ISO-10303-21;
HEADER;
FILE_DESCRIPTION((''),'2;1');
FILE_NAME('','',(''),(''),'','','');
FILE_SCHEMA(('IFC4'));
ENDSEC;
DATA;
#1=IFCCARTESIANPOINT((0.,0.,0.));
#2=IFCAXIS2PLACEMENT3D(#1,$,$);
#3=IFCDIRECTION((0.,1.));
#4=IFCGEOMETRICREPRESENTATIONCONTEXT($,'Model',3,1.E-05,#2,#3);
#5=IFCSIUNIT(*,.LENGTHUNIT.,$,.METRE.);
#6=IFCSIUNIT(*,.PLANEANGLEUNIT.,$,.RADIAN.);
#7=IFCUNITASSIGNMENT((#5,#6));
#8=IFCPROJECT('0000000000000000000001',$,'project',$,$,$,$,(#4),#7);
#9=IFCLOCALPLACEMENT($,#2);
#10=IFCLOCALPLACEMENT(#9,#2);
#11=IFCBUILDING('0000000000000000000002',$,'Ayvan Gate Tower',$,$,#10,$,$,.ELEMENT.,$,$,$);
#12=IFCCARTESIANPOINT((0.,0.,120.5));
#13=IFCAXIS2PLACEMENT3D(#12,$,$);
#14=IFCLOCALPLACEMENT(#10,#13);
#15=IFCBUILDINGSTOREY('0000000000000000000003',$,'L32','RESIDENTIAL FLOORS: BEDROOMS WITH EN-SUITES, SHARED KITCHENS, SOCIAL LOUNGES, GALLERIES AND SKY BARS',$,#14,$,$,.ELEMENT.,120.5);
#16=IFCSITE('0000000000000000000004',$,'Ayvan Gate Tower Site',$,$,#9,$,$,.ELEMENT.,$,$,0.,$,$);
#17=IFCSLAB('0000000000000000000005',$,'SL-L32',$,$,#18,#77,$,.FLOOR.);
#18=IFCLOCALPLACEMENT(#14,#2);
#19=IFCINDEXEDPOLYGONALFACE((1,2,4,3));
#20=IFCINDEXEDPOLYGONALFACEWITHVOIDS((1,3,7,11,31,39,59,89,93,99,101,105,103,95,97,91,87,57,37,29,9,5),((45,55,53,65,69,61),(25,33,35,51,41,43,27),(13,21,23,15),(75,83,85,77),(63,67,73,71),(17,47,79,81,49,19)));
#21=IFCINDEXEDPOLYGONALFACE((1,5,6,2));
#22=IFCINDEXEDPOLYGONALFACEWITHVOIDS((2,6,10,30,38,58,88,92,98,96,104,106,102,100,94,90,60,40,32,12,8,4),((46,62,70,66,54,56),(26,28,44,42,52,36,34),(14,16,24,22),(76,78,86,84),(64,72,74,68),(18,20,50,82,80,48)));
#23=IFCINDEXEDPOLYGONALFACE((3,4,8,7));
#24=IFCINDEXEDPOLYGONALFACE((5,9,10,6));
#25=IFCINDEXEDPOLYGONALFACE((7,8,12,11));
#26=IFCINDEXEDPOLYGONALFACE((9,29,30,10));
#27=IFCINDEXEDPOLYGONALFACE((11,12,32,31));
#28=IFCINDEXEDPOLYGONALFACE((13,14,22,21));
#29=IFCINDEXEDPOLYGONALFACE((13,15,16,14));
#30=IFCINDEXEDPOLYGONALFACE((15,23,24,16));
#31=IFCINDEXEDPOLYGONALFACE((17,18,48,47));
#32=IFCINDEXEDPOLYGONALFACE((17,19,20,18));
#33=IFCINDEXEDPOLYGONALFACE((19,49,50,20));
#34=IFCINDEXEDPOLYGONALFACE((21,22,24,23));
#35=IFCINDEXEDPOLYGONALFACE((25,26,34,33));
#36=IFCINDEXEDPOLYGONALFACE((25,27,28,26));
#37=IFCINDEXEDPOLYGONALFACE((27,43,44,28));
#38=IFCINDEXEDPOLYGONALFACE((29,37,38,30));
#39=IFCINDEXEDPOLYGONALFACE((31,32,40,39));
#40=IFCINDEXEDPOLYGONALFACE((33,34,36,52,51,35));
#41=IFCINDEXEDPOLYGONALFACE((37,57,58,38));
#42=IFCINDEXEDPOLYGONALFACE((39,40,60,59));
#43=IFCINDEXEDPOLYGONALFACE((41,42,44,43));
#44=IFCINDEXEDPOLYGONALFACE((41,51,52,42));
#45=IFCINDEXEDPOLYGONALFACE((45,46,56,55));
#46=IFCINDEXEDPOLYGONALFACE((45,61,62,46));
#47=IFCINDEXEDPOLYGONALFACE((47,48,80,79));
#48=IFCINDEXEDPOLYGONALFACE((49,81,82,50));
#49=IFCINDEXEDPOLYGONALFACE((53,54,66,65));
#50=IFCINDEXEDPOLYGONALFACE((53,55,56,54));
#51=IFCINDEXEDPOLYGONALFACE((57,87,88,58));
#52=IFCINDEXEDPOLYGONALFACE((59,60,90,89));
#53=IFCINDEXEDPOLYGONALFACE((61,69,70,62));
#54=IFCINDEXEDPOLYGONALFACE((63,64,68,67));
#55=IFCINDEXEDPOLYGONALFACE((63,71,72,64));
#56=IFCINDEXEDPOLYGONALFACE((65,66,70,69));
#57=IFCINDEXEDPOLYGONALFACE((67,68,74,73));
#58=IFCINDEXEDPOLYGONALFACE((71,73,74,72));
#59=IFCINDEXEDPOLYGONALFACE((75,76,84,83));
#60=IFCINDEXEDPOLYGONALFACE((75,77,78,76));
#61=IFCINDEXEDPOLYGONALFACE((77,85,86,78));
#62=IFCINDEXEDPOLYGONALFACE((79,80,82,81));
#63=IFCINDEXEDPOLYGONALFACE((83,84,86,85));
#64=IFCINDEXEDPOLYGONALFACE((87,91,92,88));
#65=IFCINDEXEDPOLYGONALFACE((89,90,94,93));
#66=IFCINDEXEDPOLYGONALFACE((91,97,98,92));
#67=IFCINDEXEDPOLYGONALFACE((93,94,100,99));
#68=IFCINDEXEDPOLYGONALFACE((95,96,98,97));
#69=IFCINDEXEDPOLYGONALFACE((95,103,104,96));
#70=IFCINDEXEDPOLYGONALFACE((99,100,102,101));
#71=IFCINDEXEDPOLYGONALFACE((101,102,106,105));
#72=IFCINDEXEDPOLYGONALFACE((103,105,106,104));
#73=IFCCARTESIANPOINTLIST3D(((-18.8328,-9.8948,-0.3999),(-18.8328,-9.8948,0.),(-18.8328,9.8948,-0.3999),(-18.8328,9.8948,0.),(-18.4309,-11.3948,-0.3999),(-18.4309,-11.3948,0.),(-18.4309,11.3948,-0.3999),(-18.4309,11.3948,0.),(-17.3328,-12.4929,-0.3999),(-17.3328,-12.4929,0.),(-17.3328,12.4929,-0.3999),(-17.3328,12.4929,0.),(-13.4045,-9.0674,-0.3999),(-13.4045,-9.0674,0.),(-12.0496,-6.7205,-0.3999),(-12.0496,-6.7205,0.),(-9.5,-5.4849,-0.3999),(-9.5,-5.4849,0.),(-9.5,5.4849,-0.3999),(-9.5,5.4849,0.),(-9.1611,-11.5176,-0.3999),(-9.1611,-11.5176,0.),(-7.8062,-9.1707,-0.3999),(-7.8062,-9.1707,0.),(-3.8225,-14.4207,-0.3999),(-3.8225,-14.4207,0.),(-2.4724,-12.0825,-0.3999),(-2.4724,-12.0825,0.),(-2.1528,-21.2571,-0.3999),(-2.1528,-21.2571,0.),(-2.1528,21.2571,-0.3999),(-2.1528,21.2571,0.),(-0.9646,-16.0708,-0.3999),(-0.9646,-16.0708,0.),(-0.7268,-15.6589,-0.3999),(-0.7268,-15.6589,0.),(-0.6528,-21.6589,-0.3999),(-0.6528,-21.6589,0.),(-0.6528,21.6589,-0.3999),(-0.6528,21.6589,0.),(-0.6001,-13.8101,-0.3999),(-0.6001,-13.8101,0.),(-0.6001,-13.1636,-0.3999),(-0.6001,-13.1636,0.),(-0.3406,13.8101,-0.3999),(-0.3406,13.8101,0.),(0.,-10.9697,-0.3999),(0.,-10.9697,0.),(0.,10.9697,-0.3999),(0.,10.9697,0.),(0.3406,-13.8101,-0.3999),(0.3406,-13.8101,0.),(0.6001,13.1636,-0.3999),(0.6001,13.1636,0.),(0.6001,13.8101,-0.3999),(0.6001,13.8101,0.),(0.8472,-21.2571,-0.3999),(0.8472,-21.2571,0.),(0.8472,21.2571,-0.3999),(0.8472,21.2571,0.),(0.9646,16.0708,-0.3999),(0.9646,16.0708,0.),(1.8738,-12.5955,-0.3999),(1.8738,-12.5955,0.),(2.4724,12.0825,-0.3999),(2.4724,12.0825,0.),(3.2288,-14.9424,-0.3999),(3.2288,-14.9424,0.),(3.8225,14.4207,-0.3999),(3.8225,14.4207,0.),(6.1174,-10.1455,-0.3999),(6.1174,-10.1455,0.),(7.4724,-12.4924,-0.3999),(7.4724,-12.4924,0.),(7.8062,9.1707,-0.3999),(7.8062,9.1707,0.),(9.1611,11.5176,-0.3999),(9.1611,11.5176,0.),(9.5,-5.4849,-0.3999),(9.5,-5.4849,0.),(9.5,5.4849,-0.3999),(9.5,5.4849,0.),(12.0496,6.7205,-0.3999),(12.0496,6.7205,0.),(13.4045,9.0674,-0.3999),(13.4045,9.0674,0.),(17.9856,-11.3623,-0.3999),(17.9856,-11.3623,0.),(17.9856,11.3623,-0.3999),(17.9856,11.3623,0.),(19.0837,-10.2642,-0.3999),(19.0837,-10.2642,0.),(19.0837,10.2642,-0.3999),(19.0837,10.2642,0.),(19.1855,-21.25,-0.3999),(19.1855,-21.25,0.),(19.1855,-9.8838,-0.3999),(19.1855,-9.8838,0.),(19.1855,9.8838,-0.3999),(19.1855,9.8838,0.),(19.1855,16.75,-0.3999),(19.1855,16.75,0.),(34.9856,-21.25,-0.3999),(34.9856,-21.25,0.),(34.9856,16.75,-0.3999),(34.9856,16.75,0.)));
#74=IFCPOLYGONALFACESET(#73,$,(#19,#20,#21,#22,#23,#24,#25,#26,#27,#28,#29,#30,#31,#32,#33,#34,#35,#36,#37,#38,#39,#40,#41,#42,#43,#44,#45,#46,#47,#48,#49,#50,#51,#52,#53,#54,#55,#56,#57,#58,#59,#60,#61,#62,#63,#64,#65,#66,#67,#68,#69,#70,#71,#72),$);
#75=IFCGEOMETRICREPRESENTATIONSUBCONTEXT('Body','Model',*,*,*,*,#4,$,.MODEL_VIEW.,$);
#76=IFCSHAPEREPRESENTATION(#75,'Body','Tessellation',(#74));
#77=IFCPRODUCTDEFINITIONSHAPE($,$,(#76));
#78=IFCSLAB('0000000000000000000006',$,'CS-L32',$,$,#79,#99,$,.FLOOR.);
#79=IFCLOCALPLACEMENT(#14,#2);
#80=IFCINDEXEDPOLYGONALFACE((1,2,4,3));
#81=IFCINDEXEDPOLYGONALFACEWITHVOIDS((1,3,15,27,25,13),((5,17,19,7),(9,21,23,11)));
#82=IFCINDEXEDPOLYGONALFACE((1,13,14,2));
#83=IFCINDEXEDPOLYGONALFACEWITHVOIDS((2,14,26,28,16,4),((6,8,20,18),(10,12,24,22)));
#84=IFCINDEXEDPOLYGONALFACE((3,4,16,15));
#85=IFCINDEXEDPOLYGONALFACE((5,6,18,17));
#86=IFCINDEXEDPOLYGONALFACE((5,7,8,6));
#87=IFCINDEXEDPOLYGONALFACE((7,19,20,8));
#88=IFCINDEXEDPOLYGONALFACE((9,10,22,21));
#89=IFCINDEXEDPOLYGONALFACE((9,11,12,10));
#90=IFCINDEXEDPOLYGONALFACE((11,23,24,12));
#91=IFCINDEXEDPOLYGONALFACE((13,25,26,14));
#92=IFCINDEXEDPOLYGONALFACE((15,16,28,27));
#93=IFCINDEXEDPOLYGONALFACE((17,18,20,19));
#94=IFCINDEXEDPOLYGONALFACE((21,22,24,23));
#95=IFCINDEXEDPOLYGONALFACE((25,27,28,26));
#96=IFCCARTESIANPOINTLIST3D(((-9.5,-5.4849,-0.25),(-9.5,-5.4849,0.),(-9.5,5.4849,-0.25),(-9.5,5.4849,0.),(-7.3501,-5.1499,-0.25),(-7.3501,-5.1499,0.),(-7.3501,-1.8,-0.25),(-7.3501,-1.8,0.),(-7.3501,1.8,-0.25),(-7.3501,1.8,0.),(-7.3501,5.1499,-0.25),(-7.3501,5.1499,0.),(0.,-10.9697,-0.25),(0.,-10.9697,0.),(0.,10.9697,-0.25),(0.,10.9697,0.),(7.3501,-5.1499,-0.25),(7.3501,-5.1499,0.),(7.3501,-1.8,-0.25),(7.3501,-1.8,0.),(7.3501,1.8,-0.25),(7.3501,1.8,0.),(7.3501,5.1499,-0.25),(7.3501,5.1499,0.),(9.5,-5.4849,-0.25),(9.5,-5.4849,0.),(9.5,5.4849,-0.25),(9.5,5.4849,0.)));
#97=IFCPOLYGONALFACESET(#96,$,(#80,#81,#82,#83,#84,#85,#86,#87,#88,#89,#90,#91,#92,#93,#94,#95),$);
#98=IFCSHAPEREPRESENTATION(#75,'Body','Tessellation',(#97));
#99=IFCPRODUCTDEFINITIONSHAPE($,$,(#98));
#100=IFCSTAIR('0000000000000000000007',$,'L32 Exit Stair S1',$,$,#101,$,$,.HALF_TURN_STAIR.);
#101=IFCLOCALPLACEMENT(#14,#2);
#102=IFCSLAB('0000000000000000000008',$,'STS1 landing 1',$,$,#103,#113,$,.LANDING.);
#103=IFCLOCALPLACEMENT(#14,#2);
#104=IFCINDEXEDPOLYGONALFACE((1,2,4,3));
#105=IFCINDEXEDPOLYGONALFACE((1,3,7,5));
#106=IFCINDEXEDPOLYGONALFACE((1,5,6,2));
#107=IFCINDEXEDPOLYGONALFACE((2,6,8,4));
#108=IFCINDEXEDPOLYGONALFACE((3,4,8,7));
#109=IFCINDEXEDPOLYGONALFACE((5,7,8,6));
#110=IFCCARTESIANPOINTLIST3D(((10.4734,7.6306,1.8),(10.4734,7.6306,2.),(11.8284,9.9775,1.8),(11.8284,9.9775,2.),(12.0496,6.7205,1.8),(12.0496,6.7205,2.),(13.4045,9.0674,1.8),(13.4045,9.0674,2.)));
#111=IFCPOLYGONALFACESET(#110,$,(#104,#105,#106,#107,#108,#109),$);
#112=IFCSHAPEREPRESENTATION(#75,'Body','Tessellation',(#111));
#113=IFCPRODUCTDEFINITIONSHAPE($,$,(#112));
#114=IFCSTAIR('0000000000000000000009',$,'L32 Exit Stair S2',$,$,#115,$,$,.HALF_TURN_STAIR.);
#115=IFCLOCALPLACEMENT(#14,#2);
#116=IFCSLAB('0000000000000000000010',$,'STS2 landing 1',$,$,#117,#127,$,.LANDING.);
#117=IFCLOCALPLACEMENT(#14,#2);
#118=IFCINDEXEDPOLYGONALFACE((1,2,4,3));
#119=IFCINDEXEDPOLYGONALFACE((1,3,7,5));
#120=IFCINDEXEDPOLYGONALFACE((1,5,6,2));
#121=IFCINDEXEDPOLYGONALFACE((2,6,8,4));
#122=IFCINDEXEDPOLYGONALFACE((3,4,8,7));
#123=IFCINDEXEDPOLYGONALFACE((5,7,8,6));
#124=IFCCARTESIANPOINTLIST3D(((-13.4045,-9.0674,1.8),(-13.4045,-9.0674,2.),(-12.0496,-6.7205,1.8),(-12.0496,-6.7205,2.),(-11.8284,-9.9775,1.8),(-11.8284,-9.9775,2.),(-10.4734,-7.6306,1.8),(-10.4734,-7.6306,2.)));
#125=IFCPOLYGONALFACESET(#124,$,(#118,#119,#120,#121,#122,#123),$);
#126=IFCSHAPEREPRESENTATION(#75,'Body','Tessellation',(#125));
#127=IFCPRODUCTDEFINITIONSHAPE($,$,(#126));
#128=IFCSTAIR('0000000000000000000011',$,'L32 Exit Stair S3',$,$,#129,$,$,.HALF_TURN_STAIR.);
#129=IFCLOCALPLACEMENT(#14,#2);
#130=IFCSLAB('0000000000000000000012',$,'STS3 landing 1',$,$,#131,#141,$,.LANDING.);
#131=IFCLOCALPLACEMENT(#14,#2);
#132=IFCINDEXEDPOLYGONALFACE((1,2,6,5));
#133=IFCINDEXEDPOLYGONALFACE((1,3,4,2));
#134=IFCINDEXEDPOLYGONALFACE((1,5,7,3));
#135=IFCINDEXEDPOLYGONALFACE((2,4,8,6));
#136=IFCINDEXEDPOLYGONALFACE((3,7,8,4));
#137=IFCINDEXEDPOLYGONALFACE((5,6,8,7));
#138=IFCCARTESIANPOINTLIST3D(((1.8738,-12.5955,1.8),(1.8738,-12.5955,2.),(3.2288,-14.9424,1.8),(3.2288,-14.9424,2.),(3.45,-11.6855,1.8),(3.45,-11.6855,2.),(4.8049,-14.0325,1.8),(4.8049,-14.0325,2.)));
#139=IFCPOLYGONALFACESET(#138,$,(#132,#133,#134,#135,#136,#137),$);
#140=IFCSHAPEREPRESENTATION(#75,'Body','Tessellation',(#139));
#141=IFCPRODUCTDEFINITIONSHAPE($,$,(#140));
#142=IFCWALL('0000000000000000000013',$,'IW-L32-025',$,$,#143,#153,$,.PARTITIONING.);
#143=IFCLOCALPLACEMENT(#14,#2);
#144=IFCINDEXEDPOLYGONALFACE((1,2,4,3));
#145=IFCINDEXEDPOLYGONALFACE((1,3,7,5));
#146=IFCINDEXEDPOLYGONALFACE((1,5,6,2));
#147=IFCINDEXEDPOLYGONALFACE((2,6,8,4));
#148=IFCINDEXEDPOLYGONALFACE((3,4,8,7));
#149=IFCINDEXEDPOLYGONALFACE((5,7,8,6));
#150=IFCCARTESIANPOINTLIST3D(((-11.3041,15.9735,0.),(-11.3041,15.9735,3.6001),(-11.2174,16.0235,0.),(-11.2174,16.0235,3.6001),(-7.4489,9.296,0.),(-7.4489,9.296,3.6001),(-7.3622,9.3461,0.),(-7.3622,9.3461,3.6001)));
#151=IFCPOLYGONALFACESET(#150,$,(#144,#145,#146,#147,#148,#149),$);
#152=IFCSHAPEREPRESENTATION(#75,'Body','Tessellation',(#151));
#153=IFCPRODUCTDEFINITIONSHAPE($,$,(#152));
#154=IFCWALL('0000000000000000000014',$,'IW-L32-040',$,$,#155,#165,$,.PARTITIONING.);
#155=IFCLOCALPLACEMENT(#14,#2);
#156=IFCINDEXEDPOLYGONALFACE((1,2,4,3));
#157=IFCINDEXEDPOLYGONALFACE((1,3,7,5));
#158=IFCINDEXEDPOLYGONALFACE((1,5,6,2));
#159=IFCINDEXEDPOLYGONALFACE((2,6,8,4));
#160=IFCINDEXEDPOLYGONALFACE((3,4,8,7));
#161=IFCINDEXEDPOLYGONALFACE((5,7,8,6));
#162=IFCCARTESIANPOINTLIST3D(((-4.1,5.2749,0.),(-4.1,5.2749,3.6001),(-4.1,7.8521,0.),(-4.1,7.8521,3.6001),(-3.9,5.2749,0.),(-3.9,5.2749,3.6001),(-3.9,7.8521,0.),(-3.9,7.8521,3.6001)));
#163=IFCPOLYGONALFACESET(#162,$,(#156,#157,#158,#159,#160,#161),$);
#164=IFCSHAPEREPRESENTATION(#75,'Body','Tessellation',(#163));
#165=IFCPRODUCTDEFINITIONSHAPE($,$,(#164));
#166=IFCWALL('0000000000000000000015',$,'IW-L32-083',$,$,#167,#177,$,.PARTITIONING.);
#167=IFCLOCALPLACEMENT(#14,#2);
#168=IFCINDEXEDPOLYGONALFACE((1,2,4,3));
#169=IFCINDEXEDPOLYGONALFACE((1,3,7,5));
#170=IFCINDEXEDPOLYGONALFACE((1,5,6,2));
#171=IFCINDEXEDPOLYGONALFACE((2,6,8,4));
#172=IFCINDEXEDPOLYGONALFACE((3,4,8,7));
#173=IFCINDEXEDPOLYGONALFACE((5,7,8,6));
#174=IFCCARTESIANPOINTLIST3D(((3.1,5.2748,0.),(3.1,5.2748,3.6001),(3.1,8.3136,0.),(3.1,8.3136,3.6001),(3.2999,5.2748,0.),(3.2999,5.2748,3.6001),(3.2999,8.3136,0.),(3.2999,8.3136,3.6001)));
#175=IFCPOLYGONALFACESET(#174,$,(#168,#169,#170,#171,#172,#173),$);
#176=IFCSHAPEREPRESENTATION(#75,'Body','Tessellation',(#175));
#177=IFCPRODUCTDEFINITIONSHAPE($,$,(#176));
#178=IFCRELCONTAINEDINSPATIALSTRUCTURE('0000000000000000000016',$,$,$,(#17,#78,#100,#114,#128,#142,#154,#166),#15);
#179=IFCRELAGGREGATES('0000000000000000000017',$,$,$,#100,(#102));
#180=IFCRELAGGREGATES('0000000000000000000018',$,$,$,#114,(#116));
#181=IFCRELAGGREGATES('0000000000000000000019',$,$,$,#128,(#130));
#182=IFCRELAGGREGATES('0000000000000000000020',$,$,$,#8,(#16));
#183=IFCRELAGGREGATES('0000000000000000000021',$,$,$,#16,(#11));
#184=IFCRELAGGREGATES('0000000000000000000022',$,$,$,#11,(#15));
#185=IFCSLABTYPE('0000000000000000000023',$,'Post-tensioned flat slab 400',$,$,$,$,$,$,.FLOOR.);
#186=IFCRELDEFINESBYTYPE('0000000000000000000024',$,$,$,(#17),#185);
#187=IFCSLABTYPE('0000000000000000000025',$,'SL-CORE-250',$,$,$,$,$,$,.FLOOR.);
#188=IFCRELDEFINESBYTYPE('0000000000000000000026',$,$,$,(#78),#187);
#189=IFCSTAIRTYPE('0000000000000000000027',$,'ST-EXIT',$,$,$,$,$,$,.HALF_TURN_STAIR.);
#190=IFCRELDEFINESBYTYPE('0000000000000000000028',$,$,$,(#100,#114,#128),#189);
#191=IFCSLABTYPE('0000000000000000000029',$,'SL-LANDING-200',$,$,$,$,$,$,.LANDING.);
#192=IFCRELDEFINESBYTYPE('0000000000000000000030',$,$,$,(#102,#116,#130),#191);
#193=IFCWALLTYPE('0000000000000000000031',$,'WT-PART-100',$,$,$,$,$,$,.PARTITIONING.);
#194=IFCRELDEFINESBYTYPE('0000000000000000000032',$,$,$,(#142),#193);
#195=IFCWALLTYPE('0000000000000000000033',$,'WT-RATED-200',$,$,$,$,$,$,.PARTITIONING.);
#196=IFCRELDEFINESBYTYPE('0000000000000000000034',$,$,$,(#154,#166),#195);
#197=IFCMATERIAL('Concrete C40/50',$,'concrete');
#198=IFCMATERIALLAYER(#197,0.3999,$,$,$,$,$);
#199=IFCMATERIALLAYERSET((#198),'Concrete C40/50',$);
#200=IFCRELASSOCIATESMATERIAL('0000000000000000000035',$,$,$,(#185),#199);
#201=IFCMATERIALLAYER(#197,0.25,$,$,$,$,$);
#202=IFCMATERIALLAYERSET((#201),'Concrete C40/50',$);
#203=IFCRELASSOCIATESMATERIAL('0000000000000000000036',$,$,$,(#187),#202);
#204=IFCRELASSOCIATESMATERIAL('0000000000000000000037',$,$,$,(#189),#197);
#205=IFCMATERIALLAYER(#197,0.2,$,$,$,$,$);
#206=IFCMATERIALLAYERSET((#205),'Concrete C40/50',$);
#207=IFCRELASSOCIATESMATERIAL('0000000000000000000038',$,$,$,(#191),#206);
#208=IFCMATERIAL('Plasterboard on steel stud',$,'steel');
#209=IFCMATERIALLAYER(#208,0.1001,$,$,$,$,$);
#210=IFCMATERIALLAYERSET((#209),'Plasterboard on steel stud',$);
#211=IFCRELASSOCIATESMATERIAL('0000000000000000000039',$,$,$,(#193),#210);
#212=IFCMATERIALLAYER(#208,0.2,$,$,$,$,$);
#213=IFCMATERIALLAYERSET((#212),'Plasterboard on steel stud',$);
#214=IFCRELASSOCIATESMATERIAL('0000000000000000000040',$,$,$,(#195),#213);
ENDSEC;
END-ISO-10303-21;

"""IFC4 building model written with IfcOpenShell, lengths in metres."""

from ifc_helpers import new_model, si_unit, direction, frame, frame_2d, origin, place, context, subcontext, project, spatial, polyline, rectangle, outline, extrude, material, layer, layer_set, type_object, element, aggregate, save


model = new_model("IFC4")

# Units and contexts
model_context = context("Model", 3, precision=1e-05, world=origin(), true_north=direction((0.0, 1.0)))
body_context = subcontext(model_context, "Body", "Model", "MODEL_VIEW")
ifc_project = project(units=[si_unit("LENGTHUNIT", "METRE"), si_unit("PLANEANGLEUNIT", "RADIAN")], contexts=[model_context])

# Site, building, storey
site_placement = place(None, origin())
site = spatial("IfcSite", under=ifc_project, at=site_placement, Name="Ayvan Gate Tower Site", CompositionType="ELEMENT", RefElevation=0.0)
building_placement = place(site_placement, origin())
building = spatial("IfcBuilding", under=site, at=building_placement, Name="Ayvan Gate Tower", CompositionType="ELEMENT")
storey_placement = place(building_placement, frame((0.0, 0.0, 120.5)))
storey = spatial("IfcBuildingStorey", under=building, at=storey_placement, Name="L32", Description="RESIDENTIAL FLOORS: BEDROOMS WITH EN-SUITES, SHARED KITCHENS, SOCIAL LOUNGES, GALLERIES AND SKY BARS", CompositionType="ELEMENT", Elevation=120.5)

# Slabs
ifc_material_1 = material(Name="Concrete C40/50", Category="concrete")
ifc_layer_1 = layer(ifc_material_1, 0.3999)
ifc_layer_set_1 = layer_set([ifc_layer_1], Name="Concrete C40/50")
slab_type_1 = type_object("IfcSlabType", Name="Post-tensioned flat slab 400", PredefinedType="FLOOR", material=ifc_layer_set_1)
slab_1_placement = place(storey_placement, frame((0.0, 0.0, -0.3999)))
element("IfcSlab", 1, at=slab_1_placement, inside=storey, type_object=slab_type_1, Name="SL-L32", PredefinedType="FLOOR", context=body_context, shape_type="SweptSolid", body=[
    extrude(outline(polyline([(17.9856, -11.3623), (0.8472, -21.2571), (-0.6528, -21.6589), (-2.1528, -21.2571), (-17.3328, -12.4929), (-18.4309, -11.3948), (-18.8328, -9.8948), (-18.8328, 9.8948), (-18.4309, 11.3948), (-17.3328, 12.4929), (-2.1528, 21.2571), (-0.6528, 21.6589), (0.8472, 21.2571), (17.9856, 11.3623), (19.0837, 10.2642), (19.1855, 9.8838), (19.1855, 16.75), (34.9856, 16.75), (34.9856, -21.25), (19.1855, -21.25), (19.1855, -9.8838), (19.0837, -10.2642), (17.9856, -11.3623)]), holes=[polyline([(12.0496, 6.7205), (13.4045, 9.0674), (9.1611, 11.5176), (7.8062, 9.1707), (12.0496, 6.7205)]), polyline([(9.5, 5.4849), (0.0, 10.9697), (-9.5, 5.4849), (-9.5, -5.4849), (0.0, -10.9697), (9.5, -5.4849), (9.5, 5.4849)]), polyline([(1.8738, -12.5955), (3.2288, -14.9424), (7.4724, -12.4924), (6.1174, -10.1455), (1.8738, -12.5955)]), polyline([(0.6001, 13.1636), (2.4724, 12.0825), (3.8225, 14.4207), (0.9646, 16.0708), (-0.3406, 13.8101), (0.6001, 13.8101), (0.6001, 13.1636)]), polyline([(-0.7268, -15.6589), (0.3406, -13.8101), (-0.6001, -13.8101), (-0.6001, -13.1636), (-2.4724, -12.0825), (-3.8225, -14.4207), (-0.9646, -16.0708), (-0.7268, -15.6589)]), polyline([(-9.1611, -11.5176), (-7.8062, -9.1707), (-12.0496, -6.7205), (-13.4045, -9.0674), (-9.1611, -11.5176)])]), origin(), (0.0, 0.0, 1.0), 0.3999),
])
ifc_layer_2 = layer(ifc_material_1, 0.25)
ifc_layer_set_2 = layer_set([ifc_layer_2], Name="Concrete C40/50")
slab_type_2 = type_object("IfcSlabType", Name="SL-CORE-250", PredefinedType="FLOOR", material=ifc_layer_set_2)
slab_2_placement = place(storey_placement, frame((0.0, 0.0, -0.25)))
element("IfcSlab", 2, at=slab_2_placement, inside=storey, type_object=slab_type_2, Name="CS-L32", PredefinedType="FLOOR", context=body_context, shape_type="SweptSolid", body=[
    extrude(outline(polyline([(9.5, -5.4849), (0.0, -10.9697), (-9.5, -5.4849), (-9.5, 5.4849), (0.0, 10.9697), (9.5, 5.4849), (9.5, -5.4849)]), holes=[polyline([(-7.3501, -1.8), (-7.3501, -5.1499), (7.3501, -5.1499), (7.3501, -1.8), (-7.3501, -1.8)]), polyline([(-7.3501, 5.1499), (-7.3501, 1.8), (7.3501, 1.8), (7.3501, 5.1499), (-7.3501, 5.1499)])]), origin(), (0.0, 0.0, 1.0), 0.25),
])

# Stairs, slabs
stair_type = type_object("IfcStairType", Name="ST-EXIT", PredefinedType="HALF_TURN_STAIR", material=ifc_material_1)
stair_1_placement = place(storey_placement, origin())
stair_1 = element("IfcStair", 3, at=stair_1_placement, inside=storey, type_object=stair_type, Name="L32 Exit Stair S1", PredefinedType="HALF_TURN_STAIR")
ifc_layer_3 = layer(ifc_material_1, 0.2)
ifc_layer_set_3 = layer_set([ifc_layer_3], Name="Concrete C40/50")
slab_type_3 = type_object("IfcSlabType", Name="SL-LANDING-200", PredefinedType="LANDING", material=ifc_layer_set_3)
slab_3_placement = place(storey_placement, frame((0.0, 0.0, 1.8)))
slab_3 = element("IfcSlab", 4, at=slab_3_placement, type_object=slab_type_3, Name="STS1 landing 1", PredefinedType="LANDING", context=body_context, shape_type="SweptSolid", body=[
    extrude(outline(polyline([(10.4734, 7.6306), (12.0496, 6.7205), (13.4045, 9.0674), (11.8284, 9.9775), (10.4734, 7.6306)])), origin(), (0.0, 0.0, 1.0), 0.2),
])
aggregate(stair_1, [slab_3])
stair_2_placement = place(storey_placement, origin())
stair_2 = element("IfcStair", 5, at=stair_2_placement, inside=storey, type_object=stair_type, Name="L32 Exit Stair S2", PredefinedType="HALF_TURN_STAIR")
slab_4_placement = place(storey_placement, frame((0.0, 0.0, 1.8)))
slab_4 = element("IfcSlab", 6, at=slab_4_placement, type_object=slab_type_3, Name="STS2 landing 1", PredefinedType="LANDING", context=body_context, shape_type="SweptSolid", body=[
    extrude(outline(polyline([(-10.4734, -7.6306), (-12.0496, -6.7205), (-13.4045, -9.0674), (-11.8284, -9.9775), (-10.4734, -7.6306)])), origin(), (0.0, 0.0, 1.0), 0.2),
])
aggregate(stair_2, [slab_4])
stair_3_placement = place(storey_placement, origin())
stair_3 = element("IfcStair", 7, at=stair_3_placement, inside=storey, type_object=stair_type, Name="L32 Exit Stair S3", PredefinedType="HALF_TURN_STAIR")
slab_5_placement = place(storey_placement, frame((0.0, 0.0, 1.8)))
slab_5 = element("IfcSlab", 8, at=slab_5_placement, type_object=slab_type_3, Name="STS3 landing 1", PredefinedType="LANDING", context=body_context, shape_type="SweptSolid", body=[
    extrude(outline(polyline([(3.45, -11.6855), (1.8738, -12.5955), (3.2288, -14.9424), (4.8049, -14.0325), (3.45, -11.6855)])), origin(), (0.0, 0.0, 1.0), 0.2),
])
aggregate(stair_3, [slab_5])

# Walls
ifc_material_2 = material(Name="Plasterboard on steel stud", Category="steel")
ifc_layer_4 = layer(ifc_material_2, 0.1001)
ifc_layer_set_4 = layer_set([ifc_layer_4], Name="Plasterboard on steel stud")
wall_type_1 = type_object("IfcWallType", Name="WT-PART-100", PredefinedType="PARTITIONING", material=ifc_layer_set_4)
wall_1_placement = place(storey_placement, frame((-7.4055, 9.321, 0.0), z_axis=(0.0, 0.0, 1.0), x_axis=(-0.499997, 0.866027, 0.0)))
element("IfcWall", 9, at=wall_1_placement, inside=storey, type_object=wall_type_1, Name="IW-L32-025", PredefinedType="PARTITIONING", context=body_context, shape_type="SweptSolid", body=[
    extrude(rectangle(XDim=7.7104, YDim=0.1001, at=frame_2d((3.8552, 0.0))), origin(), (0.0, 0.0, 1.0), 3.6001),
])
ifc_layer_5 = layer(ifc_material_2, 0.2)
ifc_layer_set_5 = layer_set([ifc_layer_5], Name="Plasterboard on steel stud")
wall_type_2 = type_object("IfcWallType", Name="WT-RATED-200", PredefinedType="PARTITIONING", material=ifc_layer_set_5)
wall_2_placement = place(storey_placement, frame((-4.0, 7.8521, 0.0), z_axis=(0.0, 0.0, 1.0), x_axis=(0.0, -1.0, 0.0)))
element("IfcWall", 10, at=wall_2_placement, inside=storey, type_object=wall_type_2, Name="IW-L32-040", PredefinedType="PARTITIONING", context=body_context, shape_type="SweptSolid", body=[
    extrude(rectangle(XDim=2.5771, YDim=0.2, at=frame_2d((1.2886, 0.0))), origin(), (0.0, 0.0, 1.0), 3.6001),
])
wall_3_placement = place(storey_placement, frame((3.2, 8.3137, 0.0), z_axis=(0.0, 0.0, 1.0), x_axis=(0.0, -1.0, 0.0)))
element("IfcWall", 11, at=wall_3_placement, inside=storey, type_object=wall_type_2, Name="IW-L32-083", PredefinedType="PARTITIONING", context=body_context, shape_type="SweptSolid", body=[
    extrude(rectangle(XDim=3.0388, YDim=0.2, at=frame_2d((1.5195, 0.0))), origin(), (0.0, 0.0, 1.0), 3.6001),
])

save(model, "model.ifc")
